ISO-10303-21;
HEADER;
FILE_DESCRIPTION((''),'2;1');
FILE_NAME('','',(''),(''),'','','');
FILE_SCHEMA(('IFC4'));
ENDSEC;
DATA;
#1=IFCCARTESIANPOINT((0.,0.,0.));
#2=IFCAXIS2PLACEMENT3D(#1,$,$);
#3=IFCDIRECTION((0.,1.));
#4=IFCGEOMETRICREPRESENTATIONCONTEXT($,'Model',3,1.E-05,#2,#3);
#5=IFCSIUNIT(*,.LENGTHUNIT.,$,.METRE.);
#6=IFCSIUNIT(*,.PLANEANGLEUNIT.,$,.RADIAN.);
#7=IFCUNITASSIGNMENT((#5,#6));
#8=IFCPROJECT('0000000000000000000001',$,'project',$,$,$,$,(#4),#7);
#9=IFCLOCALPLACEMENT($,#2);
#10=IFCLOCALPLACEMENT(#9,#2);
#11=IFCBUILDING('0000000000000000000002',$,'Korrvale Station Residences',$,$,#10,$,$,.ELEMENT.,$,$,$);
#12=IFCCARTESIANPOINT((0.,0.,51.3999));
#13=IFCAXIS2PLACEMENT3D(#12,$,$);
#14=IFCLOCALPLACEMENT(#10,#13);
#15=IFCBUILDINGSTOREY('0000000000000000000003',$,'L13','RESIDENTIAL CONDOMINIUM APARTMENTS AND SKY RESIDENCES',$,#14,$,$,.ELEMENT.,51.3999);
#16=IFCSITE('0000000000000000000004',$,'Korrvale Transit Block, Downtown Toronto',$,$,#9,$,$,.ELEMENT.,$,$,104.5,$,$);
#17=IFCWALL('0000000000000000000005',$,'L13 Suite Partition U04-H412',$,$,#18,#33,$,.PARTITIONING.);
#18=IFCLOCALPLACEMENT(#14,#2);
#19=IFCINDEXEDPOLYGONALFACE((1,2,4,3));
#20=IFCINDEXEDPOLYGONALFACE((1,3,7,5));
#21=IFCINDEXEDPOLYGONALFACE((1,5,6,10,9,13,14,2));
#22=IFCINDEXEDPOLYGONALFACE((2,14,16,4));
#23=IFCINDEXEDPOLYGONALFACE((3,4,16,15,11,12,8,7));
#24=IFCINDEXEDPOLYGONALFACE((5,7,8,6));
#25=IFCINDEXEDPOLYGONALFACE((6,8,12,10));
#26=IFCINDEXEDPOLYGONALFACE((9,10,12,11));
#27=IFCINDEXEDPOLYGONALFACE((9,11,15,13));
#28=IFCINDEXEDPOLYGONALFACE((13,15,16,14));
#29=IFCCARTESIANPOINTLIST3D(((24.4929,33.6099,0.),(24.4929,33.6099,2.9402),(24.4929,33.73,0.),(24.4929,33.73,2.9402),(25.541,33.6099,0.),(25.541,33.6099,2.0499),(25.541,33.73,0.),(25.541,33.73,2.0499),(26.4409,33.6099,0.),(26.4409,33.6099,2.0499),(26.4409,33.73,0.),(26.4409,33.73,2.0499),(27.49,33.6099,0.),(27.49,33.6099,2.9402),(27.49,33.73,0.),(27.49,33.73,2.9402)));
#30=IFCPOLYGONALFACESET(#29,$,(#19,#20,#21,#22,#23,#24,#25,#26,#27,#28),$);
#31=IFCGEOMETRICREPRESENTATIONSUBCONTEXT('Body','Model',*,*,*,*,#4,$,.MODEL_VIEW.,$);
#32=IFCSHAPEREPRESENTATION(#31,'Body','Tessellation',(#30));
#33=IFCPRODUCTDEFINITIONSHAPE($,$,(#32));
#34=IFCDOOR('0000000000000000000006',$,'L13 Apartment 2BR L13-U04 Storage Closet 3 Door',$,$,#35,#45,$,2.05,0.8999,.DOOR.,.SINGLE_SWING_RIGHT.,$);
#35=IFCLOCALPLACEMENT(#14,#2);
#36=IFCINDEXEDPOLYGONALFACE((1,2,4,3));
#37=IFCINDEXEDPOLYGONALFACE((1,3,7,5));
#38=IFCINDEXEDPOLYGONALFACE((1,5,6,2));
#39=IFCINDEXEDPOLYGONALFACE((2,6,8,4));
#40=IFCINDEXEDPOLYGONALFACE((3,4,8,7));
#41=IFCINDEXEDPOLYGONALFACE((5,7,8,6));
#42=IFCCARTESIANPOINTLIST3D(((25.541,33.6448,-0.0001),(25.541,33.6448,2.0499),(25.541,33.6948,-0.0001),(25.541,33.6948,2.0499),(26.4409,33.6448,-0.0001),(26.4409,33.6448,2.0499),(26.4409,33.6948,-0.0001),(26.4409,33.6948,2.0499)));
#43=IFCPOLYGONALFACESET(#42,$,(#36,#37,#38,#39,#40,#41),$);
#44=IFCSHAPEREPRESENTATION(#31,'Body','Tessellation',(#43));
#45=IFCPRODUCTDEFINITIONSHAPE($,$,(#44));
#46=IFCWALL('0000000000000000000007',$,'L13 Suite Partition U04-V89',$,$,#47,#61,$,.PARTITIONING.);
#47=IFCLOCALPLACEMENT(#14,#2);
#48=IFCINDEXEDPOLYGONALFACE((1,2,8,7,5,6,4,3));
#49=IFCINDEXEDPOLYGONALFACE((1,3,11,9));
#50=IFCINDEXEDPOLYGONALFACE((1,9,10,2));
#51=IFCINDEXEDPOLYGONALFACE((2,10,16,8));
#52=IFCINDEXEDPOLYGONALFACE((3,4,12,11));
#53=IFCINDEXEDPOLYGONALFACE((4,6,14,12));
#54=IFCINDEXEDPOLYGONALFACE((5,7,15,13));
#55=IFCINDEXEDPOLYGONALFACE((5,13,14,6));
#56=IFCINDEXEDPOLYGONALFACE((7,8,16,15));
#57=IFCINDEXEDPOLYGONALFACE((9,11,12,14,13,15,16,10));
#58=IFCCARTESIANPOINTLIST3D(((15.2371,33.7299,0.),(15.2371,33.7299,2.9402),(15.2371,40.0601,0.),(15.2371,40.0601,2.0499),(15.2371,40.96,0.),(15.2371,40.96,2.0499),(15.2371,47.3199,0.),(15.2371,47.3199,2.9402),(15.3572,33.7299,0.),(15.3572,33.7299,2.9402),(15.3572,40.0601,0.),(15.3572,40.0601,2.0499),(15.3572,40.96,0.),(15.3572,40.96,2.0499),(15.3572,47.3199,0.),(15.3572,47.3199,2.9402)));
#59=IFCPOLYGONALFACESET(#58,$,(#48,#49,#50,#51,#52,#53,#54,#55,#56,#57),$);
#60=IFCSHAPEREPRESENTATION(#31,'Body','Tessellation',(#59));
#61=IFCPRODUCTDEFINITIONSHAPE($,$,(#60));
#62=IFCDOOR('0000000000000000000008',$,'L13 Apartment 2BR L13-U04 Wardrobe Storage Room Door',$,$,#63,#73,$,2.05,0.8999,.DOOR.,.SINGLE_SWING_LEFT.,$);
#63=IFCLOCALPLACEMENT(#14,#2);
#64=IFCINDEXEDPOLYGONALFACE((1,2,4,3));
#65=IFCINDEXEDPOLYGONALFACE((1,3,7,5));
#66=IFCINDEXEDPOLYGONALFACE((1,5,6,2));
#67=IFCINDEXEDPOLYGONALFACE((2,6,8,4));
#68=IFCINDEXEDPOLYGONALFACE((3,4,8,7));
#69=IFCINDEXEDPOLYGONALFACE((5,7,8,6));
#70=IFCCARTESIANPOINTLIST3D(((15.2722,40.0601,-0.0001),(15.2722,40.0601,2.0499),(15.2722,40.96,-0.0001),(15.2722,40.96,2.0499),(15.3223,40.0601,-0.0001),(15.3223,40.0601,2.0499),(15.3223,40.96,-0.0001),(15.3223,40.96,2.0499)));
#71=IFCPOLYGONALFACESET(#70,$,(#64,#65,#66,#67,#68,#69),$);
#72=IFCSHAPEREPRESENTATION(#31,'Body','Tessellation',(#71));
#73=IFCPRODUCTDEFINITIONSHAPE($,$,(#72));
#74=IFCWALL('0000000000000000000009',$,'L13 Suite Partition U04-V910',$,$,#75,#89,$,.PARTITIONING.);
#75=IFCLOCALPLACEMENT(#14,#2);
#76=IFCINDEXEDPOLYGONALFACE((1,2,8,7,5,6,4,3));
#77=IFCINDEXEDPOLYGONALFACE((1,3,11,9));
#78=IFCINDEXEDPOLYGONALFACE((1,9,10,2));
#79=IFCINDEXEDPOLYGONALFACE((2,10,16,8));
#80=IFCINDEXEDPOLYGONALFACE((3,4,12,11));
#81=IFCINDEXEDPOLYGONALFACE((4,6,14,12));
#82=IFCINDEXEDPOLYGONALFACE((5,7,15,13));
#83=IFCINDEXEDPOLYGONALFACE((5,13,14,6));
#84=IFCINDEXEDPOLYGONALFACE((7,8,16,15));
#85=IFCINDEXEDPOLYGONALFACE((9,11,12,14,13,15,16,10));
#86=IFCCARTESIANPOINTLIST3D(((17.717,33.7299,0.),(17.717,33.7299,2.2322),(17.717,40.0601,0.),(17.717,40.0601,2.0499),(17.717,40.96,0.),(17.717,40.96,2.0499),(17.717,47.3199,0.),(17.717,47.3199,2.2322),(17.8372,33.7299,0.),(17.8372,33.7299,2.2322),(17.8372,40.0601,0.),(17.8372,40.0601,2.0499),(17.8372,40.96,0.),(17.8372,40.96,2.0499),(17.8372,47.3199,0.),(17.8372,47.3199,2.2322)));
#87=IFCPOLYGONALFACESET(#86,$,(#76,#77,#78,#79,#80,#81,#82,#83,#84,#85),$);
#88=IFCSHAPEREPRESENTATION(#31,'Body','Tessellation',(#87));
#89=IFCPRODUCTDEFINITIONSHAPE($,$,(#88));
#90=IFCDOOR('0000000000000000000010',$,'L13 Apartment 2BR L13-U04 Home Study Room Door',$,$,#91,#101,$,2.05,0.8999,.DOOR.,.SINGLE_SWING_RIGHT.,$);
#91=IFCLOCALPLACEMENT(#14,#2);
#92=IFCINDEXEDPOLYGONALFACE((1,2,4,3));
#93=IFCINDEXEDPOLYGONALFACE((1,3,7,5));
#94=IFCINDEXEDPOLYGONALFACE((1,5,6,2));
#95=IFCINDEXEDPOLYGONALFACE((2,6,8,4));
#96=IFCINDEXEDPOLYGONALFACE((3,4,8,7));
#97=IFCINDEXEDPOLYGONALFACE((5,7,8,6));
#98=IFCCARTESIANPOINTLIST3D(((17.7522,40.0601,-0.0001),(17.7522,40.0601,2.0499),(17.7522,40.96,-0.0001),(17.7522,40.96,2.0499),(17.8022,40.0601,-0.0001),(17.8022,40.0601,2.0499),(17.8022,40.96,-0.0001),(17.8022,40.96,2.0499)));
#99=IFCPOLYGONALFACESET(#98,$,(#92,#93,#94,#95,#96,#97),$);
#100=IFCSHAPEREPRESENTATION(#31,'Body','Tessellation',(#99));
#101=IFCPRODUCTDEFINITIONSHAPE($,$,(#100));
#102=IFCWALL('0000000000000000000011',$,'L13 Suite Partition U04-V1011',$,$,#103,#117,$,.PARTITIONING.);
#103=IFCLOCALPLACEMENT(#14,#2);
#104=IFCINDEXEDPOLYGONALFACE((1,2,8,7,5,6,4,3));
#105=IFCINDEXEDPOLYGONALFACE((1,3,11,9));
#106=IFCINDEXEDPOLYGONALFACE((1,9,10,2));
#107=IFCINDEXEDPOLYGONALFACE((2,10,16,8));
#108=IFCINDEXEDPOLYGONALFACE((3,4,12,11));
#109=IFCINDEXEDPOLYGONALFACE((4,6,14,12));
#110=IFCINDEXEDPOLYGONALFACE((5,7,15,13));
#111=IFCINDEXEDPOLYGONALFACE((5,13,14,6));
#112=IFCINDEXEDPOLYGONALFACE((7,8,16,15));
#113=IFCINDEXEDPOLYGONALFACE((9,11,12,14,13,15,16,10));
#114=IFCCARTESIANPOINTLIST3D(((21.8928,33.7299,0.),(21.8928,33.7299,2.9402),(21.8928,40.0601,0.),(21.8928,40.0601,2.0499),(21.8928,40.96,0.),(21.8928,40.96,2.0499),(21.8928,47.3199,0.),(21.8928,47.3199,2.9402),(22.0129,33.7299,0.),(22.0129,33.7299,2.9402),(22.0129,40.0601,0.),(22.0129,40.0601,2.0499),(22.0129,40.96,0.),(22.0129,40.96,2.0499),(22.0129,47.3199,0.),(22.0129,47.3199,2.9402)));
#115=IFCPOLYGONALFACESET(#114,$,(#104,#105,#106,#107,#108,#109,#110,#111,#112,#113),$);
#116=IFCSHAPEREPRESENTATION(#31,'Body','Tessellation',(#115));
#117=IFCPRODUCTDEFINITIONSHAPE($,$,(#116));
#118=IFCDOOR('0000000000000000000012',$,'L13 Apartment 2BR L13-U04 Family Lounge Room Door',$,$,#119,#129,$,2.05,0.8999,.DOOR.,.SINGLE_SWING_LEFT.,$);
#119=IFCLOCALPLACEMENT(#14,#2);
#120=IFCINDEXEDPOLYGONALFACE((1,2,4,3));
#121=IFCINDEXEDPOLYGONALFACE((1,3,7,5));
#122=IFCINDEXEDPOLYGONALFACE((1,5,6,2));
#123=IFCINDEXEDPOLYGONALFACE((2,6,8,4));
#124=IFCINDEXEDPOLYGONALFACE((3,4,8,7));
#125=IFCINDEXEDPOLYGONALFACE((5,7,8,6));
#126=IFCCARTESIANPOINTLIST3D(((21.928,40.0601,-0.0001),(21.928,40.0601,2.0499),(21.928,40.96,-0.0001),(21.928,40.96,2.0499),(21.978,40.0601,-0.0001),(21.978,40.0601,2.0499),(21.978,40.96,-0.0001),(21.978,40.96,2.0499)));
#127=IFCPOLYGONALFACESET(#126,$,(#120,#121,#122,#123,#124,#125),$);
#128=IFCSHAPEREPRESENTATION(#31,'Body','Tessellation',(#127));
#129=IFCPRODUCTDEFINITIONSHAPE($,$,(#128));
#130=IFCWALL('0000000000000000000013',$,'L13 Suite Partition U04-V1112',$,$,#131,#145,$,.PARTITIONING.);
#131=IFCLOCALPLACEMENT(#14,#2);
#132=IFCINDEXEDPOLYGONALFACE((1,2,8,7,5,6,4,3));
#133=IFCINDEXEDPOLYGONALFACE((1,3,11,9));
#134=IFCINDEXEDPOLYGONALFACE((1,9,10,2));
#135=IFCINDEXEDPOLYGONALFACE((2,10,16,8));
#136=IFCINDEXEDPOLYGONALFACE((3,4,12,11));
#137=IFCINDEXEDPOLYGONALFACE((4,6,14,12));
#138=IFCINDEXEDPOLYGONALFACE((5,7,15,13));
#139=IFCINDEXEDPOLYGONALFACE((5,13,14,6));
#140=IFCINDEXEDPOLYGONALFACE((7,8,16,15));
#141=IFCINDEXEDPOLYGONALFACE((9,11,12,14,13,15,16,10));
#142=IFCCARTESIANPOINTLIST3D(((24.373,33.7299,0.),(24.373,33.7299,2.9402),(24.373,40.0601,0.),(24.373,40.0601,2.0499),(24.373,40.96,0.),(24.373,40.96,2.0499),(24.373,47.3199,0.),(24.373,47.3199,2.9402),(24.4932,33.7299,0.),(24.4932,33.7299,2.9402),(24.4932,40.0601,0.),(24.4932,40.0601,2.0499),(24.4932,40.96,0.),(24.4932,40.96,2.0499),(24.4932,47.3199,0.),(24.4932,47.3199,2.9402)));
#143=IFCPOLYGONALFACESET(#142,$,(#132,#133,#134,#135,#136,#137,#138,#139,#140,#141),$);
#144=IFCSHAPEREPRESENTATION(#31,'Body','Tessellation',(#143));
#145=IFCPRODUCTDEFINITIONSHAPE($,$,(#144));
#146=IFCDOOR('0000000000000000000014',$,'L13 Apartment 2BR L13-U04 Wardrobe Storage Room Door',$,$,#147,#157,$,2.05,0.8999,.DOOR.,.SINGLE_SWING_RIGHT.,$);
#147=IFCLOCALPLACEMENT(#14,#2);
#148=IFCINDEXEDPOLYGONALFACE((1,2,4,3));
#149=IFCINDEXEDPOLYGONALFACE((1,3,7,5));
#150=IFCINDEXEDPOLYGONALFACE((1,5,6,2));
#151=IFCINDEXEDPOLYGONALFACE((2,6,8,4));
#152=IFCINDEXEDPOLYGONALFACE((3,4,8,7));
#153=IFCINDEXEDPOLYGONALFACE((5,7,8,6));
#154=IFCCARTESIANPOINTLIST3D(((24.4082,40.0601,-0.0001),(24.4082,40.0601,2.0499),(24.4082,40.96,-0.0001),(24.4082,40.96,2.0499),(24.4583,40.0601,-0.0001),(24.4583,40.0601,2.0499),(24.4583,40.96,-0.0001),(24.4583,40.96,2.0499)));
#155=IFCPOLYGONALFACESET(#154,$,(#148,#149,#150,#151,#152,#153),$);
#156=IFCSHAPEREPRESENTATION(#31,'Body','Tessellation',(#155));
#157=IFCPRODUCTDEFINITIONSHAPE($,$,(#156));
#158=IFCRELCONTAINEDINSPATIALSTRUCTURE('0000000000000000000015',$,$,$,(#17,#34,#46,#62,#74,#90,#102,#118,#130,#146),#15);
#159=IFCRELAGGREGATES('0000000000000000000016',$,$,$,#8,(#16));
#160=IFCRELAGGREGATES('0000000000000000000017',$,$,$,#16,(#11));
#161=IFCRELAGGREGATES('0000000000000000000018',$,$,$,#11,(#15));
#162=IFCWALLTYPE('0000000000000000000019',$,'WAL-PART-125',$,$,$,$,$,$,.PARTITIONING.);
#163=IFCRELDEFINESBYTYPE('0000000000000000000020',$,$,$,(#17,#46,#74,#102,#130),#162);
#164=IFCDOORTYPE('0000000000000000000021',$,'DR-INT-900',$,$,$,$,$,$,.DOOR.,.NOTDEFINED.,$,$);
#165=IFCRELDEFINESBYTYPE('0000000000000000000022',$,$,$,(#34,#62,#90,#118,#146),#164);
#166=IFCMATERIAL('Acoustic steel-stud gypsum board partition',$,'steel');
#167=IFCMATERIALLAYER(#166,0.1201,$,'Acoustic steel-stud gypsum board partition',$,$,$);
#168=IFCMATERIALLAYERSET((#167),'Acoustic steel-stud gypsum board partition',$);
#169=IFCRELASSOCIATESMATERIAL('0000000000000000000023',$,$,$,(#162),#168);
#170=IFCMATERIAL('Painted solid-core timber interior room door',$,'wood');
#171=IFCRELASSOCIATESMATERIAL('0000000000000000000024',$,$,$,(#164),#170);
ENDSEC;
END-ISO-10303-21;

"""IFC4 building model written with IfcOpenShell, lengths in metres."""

from ifc_helpers import new_model, si_unit, direction, frame, frame_2d, origin, place, context, subcontext, project, spatial, rectangle, extrude, material, layer, layer_set, type_object, element, fill, save


model = new_model("IFC4")

# Units and contexts
model_context = context("Model", 3, precision=1e-05, world=origin(), true_north=direction((0.0, 1.0)))
body_context = subcontext(model_context, "Body", "Model", "MODEL_VIEW")
ifc_project = project(units=[si_unit("LENGTHUNIT", "METRE"), si_unit("PLANEANGLEUNIT", "RADIAN")], contexts=[model_context])

# Site, building, storey
site_placement = place(None, origin())
site = spatial("IfcSite", under=ifc_project, at=site_placement, Name="Korrvale Transit Block, Downtown Toronto", CompositionType="ELEMENT", RefElevation=104.5)
building_placement = place(site_placement, origin())
building = spatial("IfcBuilding", under=site, at=building_placement, Name="Korrvale Station Residences", CompositionType="ELEMENT")
storey_placement = place(building_placement, frame((0.0, 0.0, 51.3999)))
storey = spatial("IfcBuildingStorey", under=building, at=storey_placement, Name="L13", Description="RESIDENTIAL CONDOMINIUM APARTMENTS AND SKY RESIDENCES", CompositionType="ELEMENT", Elevation=51.3999)

# Shared definitions
ifc_material_1 = material(Name="Acoustic steel-stud gypsum board partition", Category="steel")
ifc_layer = layer(ifc_material_1, 0.1201, Name="Acoustic steel-stud gypsum board partition")
ifc_layer_set = layer_set([ifc_layer], Name="Acoustic steel-stud gypsum board partition")
wall_type = type_object("IfcWallType", Name="WAL-PART-125", PredefinedType="PARTITIONING", material=ifc_layer_set)
ifc_material_2 = material(Name="Painted solid-core timber interior room door", Category="wood")
door_type = type_object("IfcDoorType", Name="DR-INT-900", OperationType="NOTDEFINED", PredefinedType="DOOR", material=ifc_material_2)

# Walls, openings, doors
wall_1_placement = place(storey_placement, frame((24.4929, 33.6699, 0.0), z_axis=(0.0, 0.0, 1.0), x_axis=(1.0, 0.0, 0.0)))
wall_1 = element("IfcWall", 1, at=wall_1_placement, inside=storey, type_object=wall_type, Name="L13 Suite Partition U04-H412", PredefinedType="PARTITIONING", context=body_context, shape_type="SweptSolid", body=[
    extrude(rectangle(XDim=2.9971, YDim=0.1201, at=frame_2d((1.4985, 0.0))), origin(), (0.0, 0.0, 1.0), 2.9402),
])
opening_1_placement = place(wall_1_placement, frame((1.0481, 0.0, 0.0)))
opening_1 = element("IfcOpeningElement", 2, at=opening_1_placement, cuts=wall_1, PredefinedType="OPENING", context=body_context, shape_type="SweptSolid", body=[
    extrude(rectangle(XDim=0.8999, YDim=2.05, at=frame_2d((0.45, 1.0249))), frame((0.0, 0.0701, 0.0), z_axis=(0.0, -1.0, 0.0), x_axis=(1.0, 0.0, 0.0)), (0.0, 0.0, 1.0), 0.1401),
])
door_1_placement = place(opening_1_placement, origin())
door_1 = element("IfcDoor", 3, at=door_1_placement, inside=storey, type_object=door_type, Name="L13 Apartment 2BR L13-U04 Storage Closet 3 Door", OperationType="SINGLE_SWING_RIGHT", OverallHeight=2.05, OverallWidth=0.8999, PredefinedType="DOOR", context=body_context, shape_type="SweptSolid", body=[
    extrude(rectangle(XDim=0.8999, YDim=2.05, at=frame_2d((0.45, 1.0249))), frame((0.0, 0.0249, 0.0), z_axis=(0.0, -1.0, 0.0), x_axis=(1.0, 0.0, 0.0)), (0.0, 0.0, 1.0), 0.05),
])
fill(opening_1, door_1)
wall_2_placement = place(storey_placement, frame((15.2971, 33.73, 0.0), z_axis=(0.0, 0.0, 1.0), x_axis=(0.0, 1.0, 0.0)))
wall_2 = element("IfcWall", 4, at=wall_2_placement, inside=storey, type_object=wall_type, Name="L13 Suite Partition U04-V89", PredefinedType="PARTITIONING", context=body_context, shape_type="SweptSolid", body=[
    extrude(rectangle(XDim=13.5901, YDim=0.1201, at=frame_2d((6.7949, 0.0))), origin(), (0.0, 0.0, 1.0), 2.9402),
])
opening_2_placement = place(wall_2_placement, frame((6.3301, 0.0, 0.0)))
opening_2 = element("IfcOpeningElement", 5, at=opening_2_placement, cuts=wall_2, PredefinedType="OPENING", context=body_context, shape_type="SweptSolid", body=[
    extrude(rectangle(XDim=0.8999, YDim=2.05, at=frame_2d((0.45, 1.0249))), frame((0.0, 0.0701, 0.0), z_axis=(0.0, -1.0, 0.0), x_axis=(1.0, 0.0, 0.0)), (0.0, 0.0, 1.0), 0.1401),
])
door_2_placement = place(opening_2_placement, origin())
door_2 = element("IfcDoor", 6, at=door_2_placement, inside=storey, type_object=door_type, Name="L13 Apartment 2BR L13-U04 Wardrobe Storage Room Door", OperationType="SINGLE_SWING_LEFT", OverallHeight=2.05, OverallWidth=0.8999, PredefinedType="DOOR", context=body_context, shape_type="SweptSolid", body=[
    extrude(rectangle(XDim=0.8999, YDim=2.05, at=frame_2d((0.45, 1.0249))), frame((0.0, 0.0249, 0.0), z_axis=(0.0, -1.0, 0.0), x_axis=(1.0, 0.0, 0.0)), (0.0, 0.0, 1.0), 0.05),
])
fill(opening_2, door_2)
wall_3_placement = place(storey_placement, frame((17.7771, 33.73, 0.0), z_axis=(0.0, 0.0, 1.0), x_axis=(0.0, 1.0, 0.0)))
wall_3 = element("IfcWall", 7, at=wall_3_placement, inside=storey, type_object=wall_type, Name="L13 Suite Partition U04-V910", PredefinedType="PARTITIONING", context=body_context, shape_type="SweptSolid", body=[
    extrude(rectangle(XDim=13.5901, YDim=0.1201, at=frame_2d((6.7949, 0.0))), origin(), (0.0, 0.0, 1.0), 2.2322),
])
opening_3_placement = place(wall_3_placement, frame((6.3301, 0.0, 0.0)))
opening_3 = element("IfcOpeningElement", 8, at=opening_3_placement, cuts=wall_3, PredefinedType="OPENING", context=body_context, shape_type="SweptSolid", body=[
    extrude(rectangle(XDim=0.8999, YDim=2.05, at=frame_2d((0.45, 1.0249))), frame((0.0, 0.0701, 0.0), z_axis=(0.0, -1.0, 0.0), x_axis=(1.0, 0.0, 0.0)), (0.0, 0.0, 1.0), 0.1401),
])
door_3_placement = place(opening_3_placement, origin())
door_3 = element("IfcDoor", 9, at=door_3_placement, inside=storey, type_object=door_type, Name="L13 Apartment 2BR L13-U04 Home Study Room Door", OperationType="SINGLE_SWING_RIGHT", OverallHeight=2.05, OverallWidth=0.8999, PredefinedType="DOOR", context=body_context, shape_type="SweptSolid", body=[
    extrude(rectangle(XDim=0.8999, YDim=2.05, at=frame_2d((0.45, 1.0249))), frame((0.0, 0.0249, 0.0), z_axis=(0.0, -1.0, 0.0), x_axis=(1.0, 0.0, 0.0)), (0.0, 0.0, 1.0), 0.05),
])
fill(opening_3, door_3)
wall_4_placement = place(storey_placement, frame((21.9529, 33.73, 0.0), z_axis=(0.0, 0.0, 1.0), x_axis=(0.0, 1.0, 0.0)))
wall_4 = element("IfcWall", 10, at=wall_4_placement, inside=storey, type_object=wall_type, Name="L13 Suite Partition U04-V1011", PredefinedType="PARTITIONING", context=body_context, shape_type="SweptSolid", body=[
    extrude(rectangle(XDim=13.5901, YDim=0.1201, at=frame_2d((6.7949, 0.0))), origin(), (0.0, 0.0, 1.0), 2.9402),
])
opening_4_placement = place(wall_4_placement, frame((6.3301, 0.0, 0.0)))
opening_4 = element("IfcOpeningElement", 11, at=opening_4_placement, cuts=wall_4, PredefinedType="OPENING", context=body_context, shape_type="SweptSolid", body=[
    extrude(rectangle(XDim=0.8999, YDim=2.05, at=frame_2d((0.45, 1.0249))), frame((0.0, 0.0701, 0.0), z_axis=(0.0, -1.0, 0.0), x_axis=(1.0, 0.0, 0.0)), (0.0, 0.0, 1.0), 0.1401),
])
door_4_placement = place(opening_4_placement, origin())
door_4 = element("IfcDoor", 12, at=door_4_placement, inside=storey, type_object=door_type, Name="L13 Apartment 2BR L13-U04 Family Lounge Room Door", OperationType="SINGLE_SWING_LEFT", OverallHeight=2.05, OverallWidth=0.8999, PredefinedType="DOOR", context=body_context, shape_type="SweptSolid", body=[
    extrude(rectangle(XDim=0.8999, YDim=2.05, at=frame_2d((0.45, 1.0249))), frame((0.0, 0.0249, 0.0), z_axis=(0.0, -1.0, 0.0), x_axis=(1.0, 0.0, 0.0)), (0.0, 0.0, 1.0), 0.05),
])
fill(opening_4, door_4)
wall_5_placement = place(storey_placement, frame((24.4331, 33.73, 0.0), z_axis=(0.0, 0.0, 1.0), x_axis=(0.0, 1.0, 0.0)))
wall_5 = element("IfcWall", 13, at=wall_5_placement, inside=storey, type_object=wall_type, Name="L13 Suite Partition U04-V1112", PredefinedType="PARTITIONING", context=body_context, shape_type="SweptSolid", body=[
    extrude(rectangle(XDim=13.5901, YDim=0.1201, at=frame_2d((6.7949, 0.0))), origin(), (0.0, 0.0, 1.0), 2.9402),
])
opening_5_placement = place(wall_5_placement, frame((6.3301, 0.0, 0.0)))
opening_5 = element("IfcOpeningElement", 14, at=opening_5_placement, cuts=wall_5, PredefinedType="OPENING", context=body_context, shape_type="SweptSolid", body=[
    extrude(rectangle(XDim=0.8999, YDim=2.05, at=frame_2d((0.45, 1.0249))), frame((0.0, 0.0701, 0.0), z_axis=(0.0, -1.0, 0.0), x_axis=(1.0, 0.0, 0.0)), (0.0, 0.0, 1.0), 0.1401),
])
door_5_placement = place(opening_5_placement, origin())
door_5 = element("IfcDoor", 15, at=door_5_placement, inside=storey, type_object=door_type, Name="L13 Apartment 2BR L13-U04 Wardrobe Storage Room Door", OperationType="SINGLE_SWING_RIGHT", OverallHeight=2.05, OverallWidth=0.8999, PredefinedType="DOOR", context=body_context, shape_type="SweptSolid", body=[
    extrude(rectangle(XDim=0.8999, YDim=2.05, at=frame_2d((0.45, 1.0249))), frame((0.0, 0.0249, 0.0), z_axis=(0.0, -1.0, 0.0), x_axis=(1.0, 0.0, 0.0)), (0.0, 0.0, 1.0), 0.05),
])
fill(opening_5, door_5)

save(model, "model.ifc")
